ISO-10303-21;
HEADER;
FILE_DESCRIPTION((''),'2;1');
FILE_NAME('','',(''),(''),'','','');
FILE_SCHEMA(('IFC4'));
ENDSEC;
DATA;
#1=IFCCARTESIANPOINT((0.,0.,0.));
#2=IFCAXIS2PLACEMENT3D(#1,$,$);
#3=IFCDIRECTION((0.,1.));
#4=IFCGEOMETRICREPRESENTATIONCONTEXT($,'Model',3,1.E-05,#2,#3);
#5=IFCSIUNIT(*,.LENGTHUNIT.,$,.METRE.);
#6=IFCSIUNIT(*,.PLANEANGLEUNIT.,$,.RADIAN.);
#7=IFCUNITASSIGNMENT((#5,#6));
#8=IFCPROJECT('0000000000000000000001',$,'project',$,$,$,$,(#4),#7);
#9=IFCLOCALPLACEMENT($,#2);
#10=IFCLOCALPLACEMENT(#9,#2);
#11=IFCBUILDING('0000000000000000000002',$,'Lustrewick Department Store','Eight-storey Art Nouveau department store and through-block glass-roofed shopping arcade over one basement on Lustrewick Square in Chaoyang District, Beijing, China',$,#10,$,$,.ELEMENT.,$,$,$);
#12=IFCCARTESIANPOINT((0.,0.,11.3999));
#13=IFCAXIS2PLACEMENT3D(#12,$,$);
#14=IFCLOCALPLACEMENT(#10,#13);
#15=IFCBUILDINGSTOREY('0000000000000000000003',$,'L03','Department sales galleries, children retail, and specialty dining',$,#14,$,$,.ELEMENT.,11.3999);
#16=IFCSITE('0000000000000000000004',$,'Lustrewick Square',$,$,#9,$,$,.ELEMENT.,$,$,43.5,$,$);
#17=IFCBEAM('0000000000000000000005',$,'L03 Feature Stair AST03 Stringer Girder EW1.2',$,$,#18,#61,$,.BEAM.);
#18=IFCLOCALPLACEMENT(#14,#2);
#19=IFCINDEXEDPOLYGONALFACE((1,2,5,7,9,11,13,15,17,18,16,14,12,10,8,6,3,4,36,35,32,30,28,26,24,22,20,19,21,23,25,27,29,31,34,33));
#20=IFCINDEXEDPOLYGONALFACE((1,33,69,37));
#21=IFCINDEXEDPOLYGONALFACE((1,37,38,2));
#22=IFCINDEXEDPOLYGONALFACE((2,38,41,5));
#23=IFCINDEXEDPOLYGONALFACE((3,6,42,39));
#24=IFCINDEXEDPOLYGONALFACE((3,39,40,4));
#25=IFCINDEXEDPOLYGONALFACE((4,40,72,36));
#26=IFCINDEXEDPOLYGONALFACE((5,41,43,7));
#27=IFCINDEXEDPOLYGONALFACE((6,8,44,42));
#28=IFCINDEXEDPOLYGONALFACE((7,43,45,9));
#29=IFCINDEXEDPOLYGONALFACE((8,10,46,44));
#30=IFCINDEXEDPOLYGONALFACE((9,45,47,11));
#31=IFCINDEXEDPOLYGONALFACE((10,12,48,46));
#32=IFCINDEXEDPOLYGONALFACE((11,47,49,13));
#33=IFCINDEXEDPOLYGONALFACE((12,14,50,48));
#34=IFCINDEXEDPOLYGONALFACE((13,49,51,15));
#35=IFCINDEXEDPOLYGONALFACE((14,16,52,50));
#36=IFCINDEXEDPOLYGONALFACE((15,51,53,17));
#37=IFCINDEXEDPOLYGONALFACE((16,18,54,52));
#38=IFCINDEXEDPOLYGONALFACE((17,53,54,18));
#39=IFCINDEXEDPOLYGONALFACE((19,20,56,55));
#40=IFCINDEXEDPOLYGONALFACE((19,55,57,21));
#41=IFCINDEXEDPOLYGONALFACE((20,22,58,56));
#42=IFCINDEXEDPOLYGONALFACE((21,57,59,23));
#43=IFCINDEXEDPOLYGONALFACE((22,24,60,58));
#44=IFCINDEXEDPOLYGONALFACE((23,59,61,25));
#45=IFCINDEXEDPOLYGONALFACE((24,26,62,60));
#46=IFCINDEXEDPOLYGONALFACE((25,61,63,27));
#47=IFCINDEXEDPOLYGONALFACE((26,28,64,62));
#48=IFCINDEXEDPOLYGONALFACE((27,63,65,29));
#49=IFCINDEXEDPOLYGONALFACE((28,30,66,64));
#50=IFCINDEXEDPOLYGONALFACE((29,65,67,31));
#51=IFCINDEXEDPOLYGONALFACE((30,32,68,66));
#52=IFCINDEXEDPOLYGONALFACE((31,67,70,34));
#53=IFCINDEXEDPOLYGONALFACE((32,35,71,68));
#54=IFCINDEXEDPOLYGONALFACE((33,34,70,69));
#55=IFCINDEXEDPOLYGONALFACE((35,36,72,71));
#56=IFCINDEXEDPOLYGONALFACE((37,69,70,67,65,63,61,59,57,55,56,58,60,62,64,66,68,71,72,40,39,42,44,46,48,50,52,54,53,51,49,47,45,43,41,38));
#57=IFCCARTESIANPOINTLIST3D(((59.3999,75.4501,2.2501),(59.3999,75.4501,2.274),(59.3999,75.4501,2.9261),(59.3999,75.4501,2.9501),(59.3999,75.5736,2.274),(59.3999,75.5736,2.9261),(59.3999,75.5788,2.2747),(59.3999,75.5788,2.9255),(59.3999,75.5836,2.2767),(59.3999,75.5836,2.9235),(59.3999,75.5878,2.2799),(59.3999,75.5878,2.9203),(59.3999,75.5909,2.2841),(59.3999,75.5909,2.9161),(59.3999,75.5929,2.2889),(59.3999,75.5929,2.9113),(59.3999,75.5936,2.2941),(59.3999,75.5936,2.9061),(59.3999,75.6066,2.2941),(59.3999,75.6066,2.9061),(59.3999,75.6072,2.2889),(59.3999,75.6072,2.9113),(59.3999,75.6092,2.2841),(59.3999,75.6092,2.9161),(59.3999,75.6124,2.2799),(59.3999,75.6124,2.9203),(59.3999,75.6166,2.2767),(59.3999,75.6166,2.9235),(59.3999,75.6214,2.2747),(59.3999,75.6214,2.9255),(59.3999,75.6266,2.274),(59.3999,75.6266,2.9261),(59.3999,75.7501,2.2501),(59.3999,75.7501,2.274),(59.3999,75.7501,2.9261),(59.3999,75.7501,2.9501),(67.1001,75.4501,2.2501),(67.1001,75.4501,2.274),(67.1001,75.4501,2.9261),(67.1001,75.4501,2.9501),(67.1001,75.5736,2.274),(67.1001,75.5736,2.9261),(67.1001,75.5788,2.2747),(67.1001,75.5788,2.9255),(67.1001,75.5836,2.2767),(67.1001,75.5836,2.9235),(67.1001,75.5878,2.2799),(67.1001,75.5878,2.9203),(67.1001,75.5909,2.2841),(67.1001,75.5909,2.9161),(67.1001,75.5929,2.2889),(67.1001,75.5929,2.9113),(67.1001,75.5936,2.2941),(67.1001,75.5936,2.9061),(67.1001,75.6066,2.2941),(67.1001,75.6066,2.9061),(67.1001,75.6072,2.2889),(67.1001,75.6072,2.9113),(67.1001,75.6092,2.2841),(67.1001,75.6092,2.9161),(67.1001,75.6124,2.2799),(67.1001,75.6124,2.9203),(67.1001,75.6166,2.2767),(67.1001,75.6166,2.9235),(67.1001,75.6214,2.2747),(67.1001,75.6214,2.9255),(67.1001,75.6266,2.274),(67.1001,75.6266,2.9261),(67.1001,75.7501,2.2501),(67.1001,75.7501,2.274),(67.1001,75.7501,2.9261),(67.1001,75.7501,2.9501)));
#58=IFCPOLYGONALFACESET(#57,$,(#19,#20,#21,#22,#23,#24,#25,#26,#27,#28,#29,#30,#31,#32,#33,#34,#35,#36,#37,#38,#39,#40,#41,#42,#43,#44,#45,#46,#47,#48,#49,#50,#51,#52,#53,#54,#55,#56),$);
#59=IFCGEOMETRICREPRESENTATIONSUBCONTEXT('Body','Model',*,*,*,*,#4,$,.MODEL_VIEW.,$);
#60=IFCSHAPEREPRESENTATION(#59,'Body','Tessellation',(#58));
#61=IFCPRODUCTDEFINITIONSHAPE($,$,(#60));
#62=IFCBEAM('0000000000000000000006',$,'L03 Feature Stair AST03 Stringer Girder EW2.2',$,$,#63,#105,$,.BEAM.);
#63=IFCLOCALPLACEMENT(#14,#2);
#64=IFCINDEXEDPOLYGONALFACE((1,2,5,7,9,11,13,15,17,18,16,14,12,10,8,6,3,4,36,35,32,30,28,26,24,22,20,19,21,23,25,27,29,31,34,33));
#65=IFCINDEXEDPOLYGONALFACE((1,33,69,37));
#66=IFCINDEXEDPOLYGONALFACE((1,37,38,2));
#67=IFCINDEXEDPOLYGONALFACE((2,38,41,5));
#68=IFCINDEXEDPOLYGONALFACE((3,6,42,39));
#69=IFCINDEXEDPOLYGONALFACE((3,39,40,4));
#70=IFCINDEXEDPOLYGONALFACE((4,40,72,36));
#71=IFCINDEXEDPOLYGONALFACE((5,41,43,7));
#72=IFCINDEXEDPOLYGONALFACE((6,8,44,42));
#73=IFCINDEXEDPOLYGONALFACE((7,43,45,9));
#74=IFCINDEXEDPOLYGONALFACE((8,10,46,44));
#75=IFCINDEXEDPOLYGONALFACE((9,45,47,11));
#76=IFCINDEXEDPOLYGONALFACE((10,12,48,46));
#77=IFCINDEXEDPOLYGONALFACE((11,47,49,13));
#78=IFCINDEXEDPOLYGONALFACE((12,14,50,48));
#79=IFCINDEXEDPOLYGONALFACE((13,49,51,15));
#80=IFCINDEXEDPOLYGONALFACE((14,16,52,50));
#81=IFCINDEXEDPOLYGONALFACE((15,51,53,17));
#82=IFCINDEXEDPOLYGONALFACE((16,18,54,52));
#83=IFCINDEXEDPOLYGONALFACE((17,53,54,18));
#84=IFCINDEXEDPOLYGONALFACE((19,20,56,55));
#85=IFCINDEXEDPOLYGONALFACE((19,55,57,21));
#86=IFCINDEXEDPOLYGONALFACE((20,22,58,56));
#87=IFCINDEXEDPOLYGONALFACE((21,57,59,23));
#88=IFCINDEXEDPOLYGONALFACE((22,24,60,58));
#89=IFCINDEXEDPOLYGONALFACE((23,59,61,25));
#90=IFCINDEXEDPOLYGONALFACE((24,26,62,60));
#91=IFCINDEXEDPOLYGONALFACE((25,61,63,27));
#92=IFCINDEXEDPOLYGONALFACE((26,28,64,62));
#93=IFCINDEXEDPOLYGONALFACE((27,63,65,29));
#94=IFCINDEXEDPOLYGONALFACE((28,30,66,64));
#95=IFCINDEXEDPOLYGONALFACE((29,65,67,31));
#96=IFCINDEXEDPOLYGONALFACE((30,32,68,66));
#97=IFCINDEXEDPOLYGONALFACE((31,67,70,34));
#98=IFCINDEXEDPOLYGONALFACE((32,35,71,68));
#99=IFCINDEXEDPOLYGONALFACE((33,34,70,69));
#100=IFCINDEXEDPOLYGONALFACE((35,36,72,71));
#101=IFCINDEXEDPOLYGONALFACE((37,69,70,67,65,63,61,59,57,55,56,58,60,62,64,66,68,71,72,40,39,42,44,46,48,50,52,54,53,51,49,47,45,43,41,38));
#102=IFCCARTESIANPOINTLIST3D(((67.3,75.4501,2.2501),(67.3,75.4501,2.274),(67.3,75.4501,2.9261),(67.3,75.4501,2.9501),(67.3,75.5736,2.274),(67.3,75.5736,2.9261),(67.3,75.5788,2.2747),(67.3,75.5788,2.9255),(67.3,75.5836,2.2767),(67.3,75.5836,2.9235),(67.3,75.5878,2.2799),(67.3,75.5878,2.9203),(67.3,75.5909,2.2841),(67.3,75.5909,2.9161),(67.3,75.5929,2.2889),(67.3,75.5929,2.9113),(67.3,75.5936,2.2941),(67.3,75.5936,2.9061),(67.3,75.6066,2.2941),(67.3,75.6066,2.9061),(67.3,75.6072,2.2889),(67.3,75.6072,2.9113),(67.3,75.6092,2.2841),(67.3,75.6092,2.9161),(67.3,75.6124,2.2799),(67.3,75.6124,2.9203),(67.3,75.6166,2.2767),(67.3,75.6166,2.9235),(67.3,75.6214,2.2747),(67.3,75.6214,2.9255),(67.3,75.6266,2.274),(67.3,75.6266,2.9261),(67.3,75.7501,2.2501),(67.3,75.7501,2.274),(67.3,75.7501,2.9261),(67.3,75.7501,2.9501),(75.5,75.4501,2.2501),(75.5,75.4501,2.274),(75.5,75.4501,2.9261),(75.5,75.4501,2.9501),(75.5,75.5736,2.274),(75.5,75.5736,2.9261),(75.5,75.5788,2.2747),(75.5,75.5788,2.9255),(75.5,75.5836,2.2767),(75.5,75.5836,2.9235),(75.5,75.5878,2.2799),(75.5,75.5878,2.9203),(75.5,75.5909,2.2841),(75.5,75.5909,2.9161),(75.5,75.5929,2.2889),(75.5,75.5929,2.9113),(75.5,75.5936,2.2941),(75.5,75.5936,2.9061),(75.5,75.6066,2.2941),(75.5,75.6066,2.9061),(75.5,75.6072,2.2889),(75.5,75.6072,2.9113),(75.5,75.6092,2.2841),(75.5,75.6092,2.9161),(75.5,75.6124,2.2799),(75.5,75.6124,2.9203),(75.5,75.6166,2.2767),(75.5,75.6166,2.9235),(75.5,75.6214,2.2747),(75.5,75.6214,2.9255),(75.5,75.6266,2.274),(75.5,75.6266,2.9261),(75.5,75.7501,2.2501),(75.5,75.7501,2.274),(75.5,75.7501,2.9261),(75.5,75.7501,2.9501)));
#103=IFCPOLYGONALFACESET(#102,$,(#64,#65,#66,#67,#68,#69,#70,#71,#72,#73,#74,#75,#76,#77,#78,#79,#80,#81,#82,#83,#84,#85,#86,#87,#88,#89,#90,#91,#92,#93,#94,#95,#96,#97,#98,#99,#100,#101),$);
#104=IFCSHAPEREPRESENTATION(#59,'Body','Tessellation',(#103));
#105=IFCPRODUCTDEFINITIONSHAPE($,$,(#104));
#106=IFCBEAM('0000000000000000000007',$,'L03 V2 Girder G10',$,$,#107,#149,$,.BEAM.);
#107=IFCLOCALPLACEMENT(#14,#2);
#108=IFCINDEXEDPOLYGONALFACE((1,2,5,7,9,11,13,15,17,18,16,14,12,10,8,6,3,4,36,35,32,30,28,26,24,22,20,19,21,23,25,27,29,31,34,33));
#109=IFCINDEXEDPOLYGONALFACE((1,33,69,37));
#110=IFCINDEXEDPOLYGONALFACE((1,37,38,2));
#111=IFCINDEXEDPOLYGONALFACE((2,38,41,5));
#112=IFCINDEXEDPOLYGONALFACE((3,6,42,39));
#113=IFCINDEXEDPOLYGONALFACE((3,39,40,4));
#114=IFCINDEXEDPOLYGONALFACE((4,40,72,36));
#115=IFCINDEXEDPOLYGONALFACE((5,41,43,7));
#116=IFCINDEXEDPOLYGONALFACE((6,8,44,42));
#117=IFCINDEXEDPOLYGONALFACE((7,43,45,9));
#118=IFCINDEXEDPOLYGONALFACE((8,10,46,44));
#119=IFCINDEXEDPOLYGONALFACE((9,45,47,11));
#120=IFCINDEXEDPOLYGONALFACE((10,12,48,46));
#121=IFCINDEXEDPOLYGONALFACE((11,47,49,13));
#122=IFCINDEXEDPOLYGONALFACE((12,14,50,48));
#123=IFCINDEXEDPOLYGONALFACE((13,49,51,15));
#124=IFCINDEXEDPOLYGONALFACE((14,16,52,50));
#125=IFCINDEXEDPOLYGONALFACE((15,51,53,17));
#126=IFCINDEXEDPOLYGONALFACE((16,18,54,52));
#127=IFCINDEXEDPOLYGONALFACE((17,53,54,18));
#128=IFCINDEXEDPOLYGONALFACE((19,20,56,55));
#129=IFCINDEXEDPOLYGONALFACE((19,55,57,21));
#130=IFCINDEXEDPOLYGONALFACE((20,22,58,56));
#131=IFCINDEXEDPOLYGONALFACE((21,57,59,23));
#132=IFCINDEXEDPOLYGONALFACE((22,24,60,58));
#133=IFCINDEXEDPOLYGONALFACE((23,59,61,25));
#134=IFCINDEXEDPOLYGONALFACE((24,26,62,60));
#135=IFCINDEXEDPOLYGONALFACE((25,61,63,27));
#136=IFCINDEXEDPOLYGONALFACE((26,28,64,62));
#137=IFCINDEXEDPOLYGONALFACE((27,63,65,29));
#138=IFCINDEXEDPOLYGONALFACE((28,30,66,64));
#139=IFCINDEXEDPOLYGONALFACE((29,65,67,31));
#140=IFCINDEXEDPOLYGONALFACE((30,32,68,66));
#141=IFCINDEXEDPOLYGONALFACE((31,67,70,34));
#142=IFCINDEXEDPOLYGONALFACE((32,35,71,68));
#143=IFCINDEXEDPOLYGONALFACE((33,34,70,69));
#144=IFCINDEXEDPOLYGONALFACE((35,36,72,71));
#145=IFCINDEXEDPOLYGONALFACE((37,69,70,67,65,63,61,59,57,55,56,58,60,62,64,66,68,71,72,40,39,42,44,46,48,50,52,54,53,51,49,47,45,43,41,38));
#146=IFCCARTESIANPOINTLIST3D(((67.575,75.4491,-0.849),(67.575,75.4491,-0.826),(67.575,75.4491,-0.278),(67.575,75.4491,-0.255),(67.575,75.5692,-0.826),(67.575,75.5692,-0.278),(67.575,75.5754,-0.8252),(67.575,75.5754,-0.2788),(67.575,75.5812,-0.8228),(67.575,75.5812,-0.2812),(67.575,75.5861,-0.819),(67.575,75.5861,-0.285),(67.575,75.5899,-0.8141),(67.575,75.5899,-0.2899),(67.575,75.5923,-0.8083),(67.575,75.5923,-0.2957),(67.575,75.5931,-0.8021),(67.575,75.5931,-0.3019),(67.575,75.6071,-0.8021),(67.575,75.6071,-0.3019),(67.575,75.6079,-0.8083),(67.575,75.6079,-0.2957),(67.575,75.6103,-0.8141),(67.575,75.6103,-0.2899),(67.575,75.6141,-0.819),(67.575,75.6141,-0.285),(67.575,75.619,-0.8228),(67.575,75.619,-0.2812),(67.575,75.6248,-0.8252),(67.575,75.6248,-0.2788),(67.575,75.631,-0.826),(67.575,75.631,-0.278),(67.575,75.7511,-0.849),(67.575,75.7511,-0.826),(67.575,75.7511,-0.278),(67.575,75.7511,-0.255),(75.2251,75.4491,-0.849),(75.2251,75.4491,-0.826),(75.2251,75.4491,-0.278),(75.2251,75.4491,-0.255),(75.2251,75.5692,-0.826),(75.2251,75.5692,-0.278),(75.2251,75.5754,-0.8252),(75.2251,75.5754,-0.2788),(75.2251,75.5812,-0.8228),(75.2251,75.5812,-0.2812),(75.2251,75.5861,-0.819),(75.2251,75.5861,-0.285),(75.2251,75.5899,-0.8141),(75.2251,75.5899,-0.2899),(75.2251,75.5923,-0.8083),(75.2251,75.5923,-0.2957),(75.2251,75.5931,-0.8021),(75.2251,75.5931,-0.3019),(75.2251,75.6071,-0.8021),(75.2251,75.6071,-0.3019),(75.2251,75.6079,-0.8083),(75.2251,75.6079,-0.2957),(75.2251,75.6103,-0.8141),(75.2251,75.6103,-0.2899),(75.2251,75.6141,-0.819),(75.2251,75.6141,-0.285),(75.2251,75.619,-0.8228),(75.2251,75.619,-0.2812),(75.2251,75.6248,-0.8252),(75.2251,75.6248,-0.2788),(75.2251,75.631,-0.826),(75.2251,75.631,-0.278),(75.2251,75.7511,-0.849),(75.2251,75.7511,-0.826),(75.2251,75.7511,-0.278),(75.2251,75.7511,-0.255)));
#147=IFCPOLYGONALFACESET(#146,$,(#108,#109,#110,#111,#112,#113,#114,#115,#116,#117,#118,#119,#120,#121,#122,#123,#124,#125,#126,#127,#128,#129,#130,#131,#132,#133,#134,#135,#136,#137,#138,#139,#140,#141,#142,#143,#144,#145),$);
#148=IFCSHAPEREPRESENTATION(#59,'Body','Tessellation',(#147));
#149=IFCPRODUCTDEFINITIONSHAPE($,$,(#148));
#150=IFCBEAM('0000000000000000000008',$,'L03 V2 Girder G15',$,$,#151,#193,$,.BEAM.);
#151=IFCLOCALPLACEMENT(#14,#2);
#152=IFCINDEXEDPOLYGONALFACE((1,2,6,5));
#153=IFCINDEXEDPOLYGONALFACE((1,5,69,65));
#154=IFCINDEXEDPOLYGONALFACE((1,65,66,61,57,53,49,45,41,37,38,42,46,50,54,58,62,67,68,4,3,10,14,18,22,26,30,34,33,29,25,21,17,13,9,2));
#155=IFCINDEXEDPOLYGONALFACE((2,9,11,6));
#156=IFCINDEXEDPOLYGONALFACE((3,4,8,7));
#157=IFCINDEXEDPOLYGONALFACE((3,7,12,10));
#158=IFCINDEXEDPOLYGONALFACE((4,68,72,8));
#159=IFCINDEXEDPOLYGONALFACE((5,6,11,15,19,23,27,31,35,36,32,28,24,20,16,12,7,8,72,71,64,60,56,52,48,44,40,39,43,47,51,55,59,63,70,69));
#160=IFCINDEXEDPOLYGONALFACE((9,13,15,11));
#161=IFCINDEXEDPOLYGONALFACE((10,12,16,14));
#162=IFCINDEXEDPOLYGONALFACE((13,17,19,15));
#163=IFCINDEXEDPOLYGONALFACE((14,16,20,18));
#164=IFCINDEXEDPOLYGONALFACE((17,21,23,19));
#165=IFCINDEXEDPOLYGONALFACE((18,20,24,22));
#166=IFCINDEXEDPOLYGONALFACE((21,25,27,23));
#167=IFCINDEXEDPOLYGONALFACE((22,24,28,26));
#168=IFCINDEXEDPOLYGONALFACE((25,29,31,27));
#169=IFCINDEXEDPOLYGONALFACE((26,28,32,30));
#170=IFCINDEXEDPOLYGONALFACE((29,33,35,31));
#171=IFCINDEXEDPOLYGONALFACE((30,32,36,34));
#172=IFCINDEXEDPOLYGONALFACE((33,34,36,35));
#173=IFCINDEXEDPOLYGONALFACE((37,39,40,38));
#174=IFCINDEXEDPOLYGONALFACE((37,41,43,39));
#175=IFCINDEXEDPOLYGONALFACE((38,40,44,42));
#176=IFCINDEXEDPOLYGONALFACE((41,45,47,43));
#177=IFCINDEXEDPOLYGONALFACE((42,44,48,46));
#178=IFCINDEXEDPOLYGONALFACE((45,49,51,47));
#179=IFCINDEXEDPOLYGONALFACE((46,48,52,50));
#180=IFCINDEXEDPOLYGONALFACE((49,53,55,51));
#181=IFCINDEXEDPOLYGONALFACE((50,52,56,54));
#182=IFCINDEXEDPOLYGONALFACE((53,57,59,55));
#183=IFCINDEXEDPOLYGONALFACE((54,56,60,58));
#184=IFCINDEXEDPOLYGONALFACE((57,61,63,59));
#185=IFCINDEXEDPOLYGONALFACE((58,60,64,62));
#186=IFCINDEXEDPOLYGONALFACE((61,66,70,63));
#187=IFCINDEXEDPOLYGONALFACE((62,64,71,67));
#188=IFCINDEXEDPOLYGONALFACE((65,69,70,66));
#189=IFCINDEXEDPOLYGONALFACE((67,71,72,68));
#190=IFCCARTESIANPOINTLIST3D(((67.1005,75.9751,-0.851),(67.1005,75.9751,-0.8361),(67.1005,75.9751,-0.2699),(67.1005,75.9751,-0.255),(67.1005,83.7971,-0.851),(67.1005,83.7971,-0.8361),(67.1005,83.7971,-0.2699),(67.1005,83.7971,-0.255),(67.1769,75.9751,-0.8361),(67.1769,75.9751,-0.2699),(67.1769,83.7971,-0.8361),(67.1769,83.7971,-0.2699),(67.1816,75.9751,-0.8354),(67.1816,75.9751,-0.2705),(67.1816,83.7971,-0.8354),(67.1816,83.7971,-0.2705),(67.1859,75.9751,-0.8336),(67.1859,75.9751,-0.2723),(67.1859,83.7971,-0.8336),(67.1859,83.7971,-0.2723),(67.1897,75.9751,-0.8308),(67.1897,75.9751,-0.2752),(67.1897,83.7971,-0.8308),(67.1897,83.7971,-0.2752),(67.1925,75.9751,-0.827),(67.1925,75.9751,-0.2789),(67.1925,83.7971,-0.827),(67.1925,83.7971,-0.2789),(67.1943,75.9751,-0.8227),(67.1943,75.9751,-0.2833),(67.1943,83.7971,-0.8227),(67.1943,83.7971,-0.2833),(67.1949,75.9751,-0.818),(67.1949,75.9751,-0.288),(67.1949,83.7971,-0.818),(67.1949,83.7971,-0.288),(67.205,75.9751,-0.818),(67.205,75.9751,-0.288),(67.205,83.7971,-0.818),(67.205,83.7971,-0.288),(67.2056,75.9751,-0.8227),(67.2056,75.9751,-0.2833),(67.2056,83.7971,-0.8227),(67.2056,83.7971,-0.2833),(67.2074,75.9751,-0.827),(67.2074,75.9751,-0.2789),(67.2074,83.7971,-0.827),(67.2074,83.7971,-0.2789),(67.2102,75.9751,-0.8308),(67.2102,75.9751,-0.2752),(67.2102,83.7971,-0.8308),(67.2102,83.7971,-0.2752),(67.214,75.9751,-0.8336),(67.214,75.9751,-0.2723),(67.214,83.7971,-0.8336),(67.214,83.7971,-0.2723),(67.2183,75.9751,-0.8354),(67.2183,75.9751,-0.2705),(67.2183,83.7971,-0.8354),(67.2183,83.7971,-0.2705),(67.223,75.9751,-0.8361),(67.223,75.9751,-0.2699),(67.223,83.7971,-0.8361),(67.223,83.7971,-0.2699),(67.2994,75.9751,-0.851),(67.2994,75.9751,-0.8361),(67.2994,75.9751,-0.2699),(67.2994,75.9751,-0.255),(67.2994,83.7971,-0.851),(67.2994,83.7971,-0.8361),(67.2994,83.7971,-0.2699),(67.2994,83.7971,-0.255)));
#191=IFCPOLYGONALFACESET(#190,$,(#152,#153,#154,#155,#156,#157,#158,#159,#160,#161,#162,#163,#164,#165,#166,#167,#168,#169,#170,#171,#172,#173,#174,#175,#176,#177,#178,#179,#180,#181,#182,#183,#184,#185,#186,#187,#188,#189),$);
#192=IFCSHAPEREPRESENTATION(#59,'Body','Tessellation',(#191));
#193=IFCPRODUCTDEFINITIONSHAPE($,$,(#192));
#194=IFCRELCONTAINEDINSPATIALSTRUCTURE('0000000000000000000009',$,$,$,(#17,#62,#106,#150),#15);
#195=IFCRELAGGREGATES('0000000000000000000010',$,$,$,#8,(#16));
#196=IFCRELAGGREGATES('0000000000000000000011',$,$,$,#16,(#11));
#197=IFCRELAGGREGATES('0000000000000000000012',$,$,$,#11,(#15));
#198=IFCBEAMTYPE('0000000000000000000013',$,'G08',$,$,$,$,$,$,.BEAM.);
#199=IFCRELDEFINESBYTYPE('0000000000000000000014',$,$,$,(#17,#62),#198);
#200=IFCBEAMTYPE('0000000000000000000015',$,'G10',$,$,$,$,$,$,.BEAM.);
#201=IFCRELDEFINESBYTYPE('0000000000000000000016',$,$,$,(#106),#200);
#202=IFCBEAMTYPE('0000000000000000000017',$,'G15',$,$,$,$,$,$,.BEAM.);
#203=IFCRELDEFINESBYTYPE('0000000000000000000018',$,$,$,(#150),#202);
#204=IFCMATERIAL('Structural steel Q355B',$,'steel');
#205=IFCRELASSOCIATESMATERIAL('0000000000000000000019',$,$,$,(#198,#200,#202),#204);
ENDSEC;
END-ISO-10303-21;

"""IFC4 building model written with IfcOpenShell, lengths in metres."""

from ifc_helpers import new_model, si_unit, direction, frame, origin, origin_2d, place, context, subcontext, project, spatial, i_section, extrude, material, material_profile, profile_set, type_object, element, save


model = new_model("IFC4")

# Units and contexts
model_context = context("Model", 3, precision=1e-05, world=origin(), true_north=direction((0.0, 1.0)))
body_context = subcontext(model_context, "Body", "Model", "MODEL_VIEW")
ifc_project = project(units=[si_unit("LENGTHUNIT", "METRE"), si_unit("PLANEANGLEUNIT", "RADIAN")], contexts=[model_context])

# Site, building, storey
site_placement = place(None, origin())
site = spatial("IfcSite", under=ifc_project, at=site_placement, Name="Lustrewick Square", CompositionType="ELEMENT", RefElevation=43.5)
building_placement = place(site_placement, origin())
building = spatial("IfcBuilding", under=site, at=building_placement, Name="Lustrewick Department Store", Description="Eight-storey Art Nouveau department store and through-block glass-roofed shopping arcade over one basement on Lustrewick Square in Chaoyang District, Beijing, China", CompositionType="ELEMENT")
storey_placement = place(building_placement, frame((0.0, 0.0, 11.3999)))
storey = spatial("IfcBuildingStorey", under=building, at=storey_placement, Name="L03", Description="Department sales galleries, children retail, and specialty dining", CompositionType="ELEMENT", Elevation=11.3999)

# Shared definitions
ifc_material_1 = material(Name="Structural steel Q355B", Category="steel")

# Beams
ifc_material_profile_1 = material_profile(ifc_material_1, i_section(OverallWidth=0.3, OverallDepth=0.7, WebThickness=0.0129, FlangeThickness=0.0239, FilletRadius=0.02, at=origin_2d()), Name="HN 700x300x13x24")
ifc_profile_set_1 = profile_set([ifc_material_profile_1], Name="Structural steel Q355B")
beam_type_1 = type_object("IfcBeamType", Name="G08", PredefinedType="BEAM", material=ifc_profile_set_1)
beam_1_placement = place(storey_placement, frame((59.3999, 75.6001, 2.6001), z_axis=(1.0, 0.0, 0.0), x_axis=(0.0, 1.0, 0.0)))
element("IfcBeam", 1, at=beam_1_placement, inside=storey, type_object=beam_type_1, Name="L03 Feature Stair AST03 Stringer Girder EW1.2", PredefinedType="BEAM", context=body_context, shape_type="SweptSolid", body=[
    extrude(i_section(OverallWidth=0.3, OverallDepth=0.7, WebThickness=0.0129, FlangeThickness=0.0239, FilletRadius=0.02, at=origin_2d()), origin(), (0.0, 0.0, 1.0), 7.7002),
])
beam_2_placement = place(storey_placement, frame((67.3, 75.6001, 2.6001), z_axis=(1.0, 0.0, 0.0), x_axis=(0.0, 1.0, 0.0)))
element("IfcBeam", 2, at=beam_2_placement, inside=storey, type_object=beam_type_1, Name="L03 Feature Stair AST03 Stringer Girder EW2.2", PredefinedType="BEAM", context=body_context, shape_type="SweptSolid", body=[
    extrude(i_section(OverallWidth=0.3, OverallDepth=0.7, WebThickness=0.0129, FlangeThickness=0.0239, FilletRadius=0.02, at=origin_2d()), origin(), (0.0, 0.0, 1.0), 8.2),
])
ifc_material_profile_2 = material_profile(ifc_material_1, i_section(OverallWidth=0.302, OverallDepth=0.594, WebThickness=0.0139, FlangeThickness=0.0229, FilletRadius=0.0239, at=origin_2d()), Name="HM 594x302x14x23")
ifc_profile_set_2 = profile_set([ifc_material_profile_2], Name="Structural steel Q355B")
beam_type_2 = type_object("IfcBeamType", Name="G10", PredefinedType="BEAM", material=ifc_profile_set_2)
beam_3_placement = place(storey_placement, frame((67.575, 75.6001, -0.552), z_axis=(1.0, 0.0, 0.0), x_axis=(0.0, 1.0, 0.0)))
element("IfcBeam", 3, at=beam_3_placement, inside=storey, type_object=beam_type_2, Name="L03 V2 Girder G10", PredefinedType="BEAM", context=body_context, shape_type="SweptSolid", body=[
    extrude(i_section(OverallWidth=0.302, OverallDepth=0.594, WebThickness=0.0139, FlangeThickness=0.0229, FilletRadius=0.0239, at=origin_2d()), origin(), (0.0, 0.0, 1.0), 7.6501),
])
ifc_material_profile_3 = material_profile(ifc_material_1, i_section(OverallWidth=0.199, OverallDepth=0.5959, WebThickness=0.01, FlangeThickness=0.0149, FilletRadius=0.0181, at=origin_2d()), Name="HN 596x199x10x15")
ifc_profile_set_3 = profile_set([ifc_material_profile_3], Name="Structural steel Q355B")
beam_type_3 = type_object("IfcBeamType", Name="G15", PredefinedType="BEAM", material=ifc_profile_set_3)
beam_4_placement = place(storey_placement, frame((67.2, 75.9751, -0.553), z_axis=(0.0, 1.0, 0.0), x_axis=(-1.0, 0.0, 0.0)))
element("IfcBeam", 4, at=beam_4_placement, inside=storey, type_object=beam_type_3, Name="L03 V2 Girder G15", PredefinedType="BEAM", context=body_context, shape_type="SweptSolid", body=[
    extrude(i_section(OverallWidth=0.199, OverallDepth=0.5959, WebThickness=0.01, FlangeThickness=0.0149, FilletRadius=0.0181, at=origin_2d()), origin(), (0.0, 0.0, 1.0), 7.822),
])

save(model, "model.ifc")
